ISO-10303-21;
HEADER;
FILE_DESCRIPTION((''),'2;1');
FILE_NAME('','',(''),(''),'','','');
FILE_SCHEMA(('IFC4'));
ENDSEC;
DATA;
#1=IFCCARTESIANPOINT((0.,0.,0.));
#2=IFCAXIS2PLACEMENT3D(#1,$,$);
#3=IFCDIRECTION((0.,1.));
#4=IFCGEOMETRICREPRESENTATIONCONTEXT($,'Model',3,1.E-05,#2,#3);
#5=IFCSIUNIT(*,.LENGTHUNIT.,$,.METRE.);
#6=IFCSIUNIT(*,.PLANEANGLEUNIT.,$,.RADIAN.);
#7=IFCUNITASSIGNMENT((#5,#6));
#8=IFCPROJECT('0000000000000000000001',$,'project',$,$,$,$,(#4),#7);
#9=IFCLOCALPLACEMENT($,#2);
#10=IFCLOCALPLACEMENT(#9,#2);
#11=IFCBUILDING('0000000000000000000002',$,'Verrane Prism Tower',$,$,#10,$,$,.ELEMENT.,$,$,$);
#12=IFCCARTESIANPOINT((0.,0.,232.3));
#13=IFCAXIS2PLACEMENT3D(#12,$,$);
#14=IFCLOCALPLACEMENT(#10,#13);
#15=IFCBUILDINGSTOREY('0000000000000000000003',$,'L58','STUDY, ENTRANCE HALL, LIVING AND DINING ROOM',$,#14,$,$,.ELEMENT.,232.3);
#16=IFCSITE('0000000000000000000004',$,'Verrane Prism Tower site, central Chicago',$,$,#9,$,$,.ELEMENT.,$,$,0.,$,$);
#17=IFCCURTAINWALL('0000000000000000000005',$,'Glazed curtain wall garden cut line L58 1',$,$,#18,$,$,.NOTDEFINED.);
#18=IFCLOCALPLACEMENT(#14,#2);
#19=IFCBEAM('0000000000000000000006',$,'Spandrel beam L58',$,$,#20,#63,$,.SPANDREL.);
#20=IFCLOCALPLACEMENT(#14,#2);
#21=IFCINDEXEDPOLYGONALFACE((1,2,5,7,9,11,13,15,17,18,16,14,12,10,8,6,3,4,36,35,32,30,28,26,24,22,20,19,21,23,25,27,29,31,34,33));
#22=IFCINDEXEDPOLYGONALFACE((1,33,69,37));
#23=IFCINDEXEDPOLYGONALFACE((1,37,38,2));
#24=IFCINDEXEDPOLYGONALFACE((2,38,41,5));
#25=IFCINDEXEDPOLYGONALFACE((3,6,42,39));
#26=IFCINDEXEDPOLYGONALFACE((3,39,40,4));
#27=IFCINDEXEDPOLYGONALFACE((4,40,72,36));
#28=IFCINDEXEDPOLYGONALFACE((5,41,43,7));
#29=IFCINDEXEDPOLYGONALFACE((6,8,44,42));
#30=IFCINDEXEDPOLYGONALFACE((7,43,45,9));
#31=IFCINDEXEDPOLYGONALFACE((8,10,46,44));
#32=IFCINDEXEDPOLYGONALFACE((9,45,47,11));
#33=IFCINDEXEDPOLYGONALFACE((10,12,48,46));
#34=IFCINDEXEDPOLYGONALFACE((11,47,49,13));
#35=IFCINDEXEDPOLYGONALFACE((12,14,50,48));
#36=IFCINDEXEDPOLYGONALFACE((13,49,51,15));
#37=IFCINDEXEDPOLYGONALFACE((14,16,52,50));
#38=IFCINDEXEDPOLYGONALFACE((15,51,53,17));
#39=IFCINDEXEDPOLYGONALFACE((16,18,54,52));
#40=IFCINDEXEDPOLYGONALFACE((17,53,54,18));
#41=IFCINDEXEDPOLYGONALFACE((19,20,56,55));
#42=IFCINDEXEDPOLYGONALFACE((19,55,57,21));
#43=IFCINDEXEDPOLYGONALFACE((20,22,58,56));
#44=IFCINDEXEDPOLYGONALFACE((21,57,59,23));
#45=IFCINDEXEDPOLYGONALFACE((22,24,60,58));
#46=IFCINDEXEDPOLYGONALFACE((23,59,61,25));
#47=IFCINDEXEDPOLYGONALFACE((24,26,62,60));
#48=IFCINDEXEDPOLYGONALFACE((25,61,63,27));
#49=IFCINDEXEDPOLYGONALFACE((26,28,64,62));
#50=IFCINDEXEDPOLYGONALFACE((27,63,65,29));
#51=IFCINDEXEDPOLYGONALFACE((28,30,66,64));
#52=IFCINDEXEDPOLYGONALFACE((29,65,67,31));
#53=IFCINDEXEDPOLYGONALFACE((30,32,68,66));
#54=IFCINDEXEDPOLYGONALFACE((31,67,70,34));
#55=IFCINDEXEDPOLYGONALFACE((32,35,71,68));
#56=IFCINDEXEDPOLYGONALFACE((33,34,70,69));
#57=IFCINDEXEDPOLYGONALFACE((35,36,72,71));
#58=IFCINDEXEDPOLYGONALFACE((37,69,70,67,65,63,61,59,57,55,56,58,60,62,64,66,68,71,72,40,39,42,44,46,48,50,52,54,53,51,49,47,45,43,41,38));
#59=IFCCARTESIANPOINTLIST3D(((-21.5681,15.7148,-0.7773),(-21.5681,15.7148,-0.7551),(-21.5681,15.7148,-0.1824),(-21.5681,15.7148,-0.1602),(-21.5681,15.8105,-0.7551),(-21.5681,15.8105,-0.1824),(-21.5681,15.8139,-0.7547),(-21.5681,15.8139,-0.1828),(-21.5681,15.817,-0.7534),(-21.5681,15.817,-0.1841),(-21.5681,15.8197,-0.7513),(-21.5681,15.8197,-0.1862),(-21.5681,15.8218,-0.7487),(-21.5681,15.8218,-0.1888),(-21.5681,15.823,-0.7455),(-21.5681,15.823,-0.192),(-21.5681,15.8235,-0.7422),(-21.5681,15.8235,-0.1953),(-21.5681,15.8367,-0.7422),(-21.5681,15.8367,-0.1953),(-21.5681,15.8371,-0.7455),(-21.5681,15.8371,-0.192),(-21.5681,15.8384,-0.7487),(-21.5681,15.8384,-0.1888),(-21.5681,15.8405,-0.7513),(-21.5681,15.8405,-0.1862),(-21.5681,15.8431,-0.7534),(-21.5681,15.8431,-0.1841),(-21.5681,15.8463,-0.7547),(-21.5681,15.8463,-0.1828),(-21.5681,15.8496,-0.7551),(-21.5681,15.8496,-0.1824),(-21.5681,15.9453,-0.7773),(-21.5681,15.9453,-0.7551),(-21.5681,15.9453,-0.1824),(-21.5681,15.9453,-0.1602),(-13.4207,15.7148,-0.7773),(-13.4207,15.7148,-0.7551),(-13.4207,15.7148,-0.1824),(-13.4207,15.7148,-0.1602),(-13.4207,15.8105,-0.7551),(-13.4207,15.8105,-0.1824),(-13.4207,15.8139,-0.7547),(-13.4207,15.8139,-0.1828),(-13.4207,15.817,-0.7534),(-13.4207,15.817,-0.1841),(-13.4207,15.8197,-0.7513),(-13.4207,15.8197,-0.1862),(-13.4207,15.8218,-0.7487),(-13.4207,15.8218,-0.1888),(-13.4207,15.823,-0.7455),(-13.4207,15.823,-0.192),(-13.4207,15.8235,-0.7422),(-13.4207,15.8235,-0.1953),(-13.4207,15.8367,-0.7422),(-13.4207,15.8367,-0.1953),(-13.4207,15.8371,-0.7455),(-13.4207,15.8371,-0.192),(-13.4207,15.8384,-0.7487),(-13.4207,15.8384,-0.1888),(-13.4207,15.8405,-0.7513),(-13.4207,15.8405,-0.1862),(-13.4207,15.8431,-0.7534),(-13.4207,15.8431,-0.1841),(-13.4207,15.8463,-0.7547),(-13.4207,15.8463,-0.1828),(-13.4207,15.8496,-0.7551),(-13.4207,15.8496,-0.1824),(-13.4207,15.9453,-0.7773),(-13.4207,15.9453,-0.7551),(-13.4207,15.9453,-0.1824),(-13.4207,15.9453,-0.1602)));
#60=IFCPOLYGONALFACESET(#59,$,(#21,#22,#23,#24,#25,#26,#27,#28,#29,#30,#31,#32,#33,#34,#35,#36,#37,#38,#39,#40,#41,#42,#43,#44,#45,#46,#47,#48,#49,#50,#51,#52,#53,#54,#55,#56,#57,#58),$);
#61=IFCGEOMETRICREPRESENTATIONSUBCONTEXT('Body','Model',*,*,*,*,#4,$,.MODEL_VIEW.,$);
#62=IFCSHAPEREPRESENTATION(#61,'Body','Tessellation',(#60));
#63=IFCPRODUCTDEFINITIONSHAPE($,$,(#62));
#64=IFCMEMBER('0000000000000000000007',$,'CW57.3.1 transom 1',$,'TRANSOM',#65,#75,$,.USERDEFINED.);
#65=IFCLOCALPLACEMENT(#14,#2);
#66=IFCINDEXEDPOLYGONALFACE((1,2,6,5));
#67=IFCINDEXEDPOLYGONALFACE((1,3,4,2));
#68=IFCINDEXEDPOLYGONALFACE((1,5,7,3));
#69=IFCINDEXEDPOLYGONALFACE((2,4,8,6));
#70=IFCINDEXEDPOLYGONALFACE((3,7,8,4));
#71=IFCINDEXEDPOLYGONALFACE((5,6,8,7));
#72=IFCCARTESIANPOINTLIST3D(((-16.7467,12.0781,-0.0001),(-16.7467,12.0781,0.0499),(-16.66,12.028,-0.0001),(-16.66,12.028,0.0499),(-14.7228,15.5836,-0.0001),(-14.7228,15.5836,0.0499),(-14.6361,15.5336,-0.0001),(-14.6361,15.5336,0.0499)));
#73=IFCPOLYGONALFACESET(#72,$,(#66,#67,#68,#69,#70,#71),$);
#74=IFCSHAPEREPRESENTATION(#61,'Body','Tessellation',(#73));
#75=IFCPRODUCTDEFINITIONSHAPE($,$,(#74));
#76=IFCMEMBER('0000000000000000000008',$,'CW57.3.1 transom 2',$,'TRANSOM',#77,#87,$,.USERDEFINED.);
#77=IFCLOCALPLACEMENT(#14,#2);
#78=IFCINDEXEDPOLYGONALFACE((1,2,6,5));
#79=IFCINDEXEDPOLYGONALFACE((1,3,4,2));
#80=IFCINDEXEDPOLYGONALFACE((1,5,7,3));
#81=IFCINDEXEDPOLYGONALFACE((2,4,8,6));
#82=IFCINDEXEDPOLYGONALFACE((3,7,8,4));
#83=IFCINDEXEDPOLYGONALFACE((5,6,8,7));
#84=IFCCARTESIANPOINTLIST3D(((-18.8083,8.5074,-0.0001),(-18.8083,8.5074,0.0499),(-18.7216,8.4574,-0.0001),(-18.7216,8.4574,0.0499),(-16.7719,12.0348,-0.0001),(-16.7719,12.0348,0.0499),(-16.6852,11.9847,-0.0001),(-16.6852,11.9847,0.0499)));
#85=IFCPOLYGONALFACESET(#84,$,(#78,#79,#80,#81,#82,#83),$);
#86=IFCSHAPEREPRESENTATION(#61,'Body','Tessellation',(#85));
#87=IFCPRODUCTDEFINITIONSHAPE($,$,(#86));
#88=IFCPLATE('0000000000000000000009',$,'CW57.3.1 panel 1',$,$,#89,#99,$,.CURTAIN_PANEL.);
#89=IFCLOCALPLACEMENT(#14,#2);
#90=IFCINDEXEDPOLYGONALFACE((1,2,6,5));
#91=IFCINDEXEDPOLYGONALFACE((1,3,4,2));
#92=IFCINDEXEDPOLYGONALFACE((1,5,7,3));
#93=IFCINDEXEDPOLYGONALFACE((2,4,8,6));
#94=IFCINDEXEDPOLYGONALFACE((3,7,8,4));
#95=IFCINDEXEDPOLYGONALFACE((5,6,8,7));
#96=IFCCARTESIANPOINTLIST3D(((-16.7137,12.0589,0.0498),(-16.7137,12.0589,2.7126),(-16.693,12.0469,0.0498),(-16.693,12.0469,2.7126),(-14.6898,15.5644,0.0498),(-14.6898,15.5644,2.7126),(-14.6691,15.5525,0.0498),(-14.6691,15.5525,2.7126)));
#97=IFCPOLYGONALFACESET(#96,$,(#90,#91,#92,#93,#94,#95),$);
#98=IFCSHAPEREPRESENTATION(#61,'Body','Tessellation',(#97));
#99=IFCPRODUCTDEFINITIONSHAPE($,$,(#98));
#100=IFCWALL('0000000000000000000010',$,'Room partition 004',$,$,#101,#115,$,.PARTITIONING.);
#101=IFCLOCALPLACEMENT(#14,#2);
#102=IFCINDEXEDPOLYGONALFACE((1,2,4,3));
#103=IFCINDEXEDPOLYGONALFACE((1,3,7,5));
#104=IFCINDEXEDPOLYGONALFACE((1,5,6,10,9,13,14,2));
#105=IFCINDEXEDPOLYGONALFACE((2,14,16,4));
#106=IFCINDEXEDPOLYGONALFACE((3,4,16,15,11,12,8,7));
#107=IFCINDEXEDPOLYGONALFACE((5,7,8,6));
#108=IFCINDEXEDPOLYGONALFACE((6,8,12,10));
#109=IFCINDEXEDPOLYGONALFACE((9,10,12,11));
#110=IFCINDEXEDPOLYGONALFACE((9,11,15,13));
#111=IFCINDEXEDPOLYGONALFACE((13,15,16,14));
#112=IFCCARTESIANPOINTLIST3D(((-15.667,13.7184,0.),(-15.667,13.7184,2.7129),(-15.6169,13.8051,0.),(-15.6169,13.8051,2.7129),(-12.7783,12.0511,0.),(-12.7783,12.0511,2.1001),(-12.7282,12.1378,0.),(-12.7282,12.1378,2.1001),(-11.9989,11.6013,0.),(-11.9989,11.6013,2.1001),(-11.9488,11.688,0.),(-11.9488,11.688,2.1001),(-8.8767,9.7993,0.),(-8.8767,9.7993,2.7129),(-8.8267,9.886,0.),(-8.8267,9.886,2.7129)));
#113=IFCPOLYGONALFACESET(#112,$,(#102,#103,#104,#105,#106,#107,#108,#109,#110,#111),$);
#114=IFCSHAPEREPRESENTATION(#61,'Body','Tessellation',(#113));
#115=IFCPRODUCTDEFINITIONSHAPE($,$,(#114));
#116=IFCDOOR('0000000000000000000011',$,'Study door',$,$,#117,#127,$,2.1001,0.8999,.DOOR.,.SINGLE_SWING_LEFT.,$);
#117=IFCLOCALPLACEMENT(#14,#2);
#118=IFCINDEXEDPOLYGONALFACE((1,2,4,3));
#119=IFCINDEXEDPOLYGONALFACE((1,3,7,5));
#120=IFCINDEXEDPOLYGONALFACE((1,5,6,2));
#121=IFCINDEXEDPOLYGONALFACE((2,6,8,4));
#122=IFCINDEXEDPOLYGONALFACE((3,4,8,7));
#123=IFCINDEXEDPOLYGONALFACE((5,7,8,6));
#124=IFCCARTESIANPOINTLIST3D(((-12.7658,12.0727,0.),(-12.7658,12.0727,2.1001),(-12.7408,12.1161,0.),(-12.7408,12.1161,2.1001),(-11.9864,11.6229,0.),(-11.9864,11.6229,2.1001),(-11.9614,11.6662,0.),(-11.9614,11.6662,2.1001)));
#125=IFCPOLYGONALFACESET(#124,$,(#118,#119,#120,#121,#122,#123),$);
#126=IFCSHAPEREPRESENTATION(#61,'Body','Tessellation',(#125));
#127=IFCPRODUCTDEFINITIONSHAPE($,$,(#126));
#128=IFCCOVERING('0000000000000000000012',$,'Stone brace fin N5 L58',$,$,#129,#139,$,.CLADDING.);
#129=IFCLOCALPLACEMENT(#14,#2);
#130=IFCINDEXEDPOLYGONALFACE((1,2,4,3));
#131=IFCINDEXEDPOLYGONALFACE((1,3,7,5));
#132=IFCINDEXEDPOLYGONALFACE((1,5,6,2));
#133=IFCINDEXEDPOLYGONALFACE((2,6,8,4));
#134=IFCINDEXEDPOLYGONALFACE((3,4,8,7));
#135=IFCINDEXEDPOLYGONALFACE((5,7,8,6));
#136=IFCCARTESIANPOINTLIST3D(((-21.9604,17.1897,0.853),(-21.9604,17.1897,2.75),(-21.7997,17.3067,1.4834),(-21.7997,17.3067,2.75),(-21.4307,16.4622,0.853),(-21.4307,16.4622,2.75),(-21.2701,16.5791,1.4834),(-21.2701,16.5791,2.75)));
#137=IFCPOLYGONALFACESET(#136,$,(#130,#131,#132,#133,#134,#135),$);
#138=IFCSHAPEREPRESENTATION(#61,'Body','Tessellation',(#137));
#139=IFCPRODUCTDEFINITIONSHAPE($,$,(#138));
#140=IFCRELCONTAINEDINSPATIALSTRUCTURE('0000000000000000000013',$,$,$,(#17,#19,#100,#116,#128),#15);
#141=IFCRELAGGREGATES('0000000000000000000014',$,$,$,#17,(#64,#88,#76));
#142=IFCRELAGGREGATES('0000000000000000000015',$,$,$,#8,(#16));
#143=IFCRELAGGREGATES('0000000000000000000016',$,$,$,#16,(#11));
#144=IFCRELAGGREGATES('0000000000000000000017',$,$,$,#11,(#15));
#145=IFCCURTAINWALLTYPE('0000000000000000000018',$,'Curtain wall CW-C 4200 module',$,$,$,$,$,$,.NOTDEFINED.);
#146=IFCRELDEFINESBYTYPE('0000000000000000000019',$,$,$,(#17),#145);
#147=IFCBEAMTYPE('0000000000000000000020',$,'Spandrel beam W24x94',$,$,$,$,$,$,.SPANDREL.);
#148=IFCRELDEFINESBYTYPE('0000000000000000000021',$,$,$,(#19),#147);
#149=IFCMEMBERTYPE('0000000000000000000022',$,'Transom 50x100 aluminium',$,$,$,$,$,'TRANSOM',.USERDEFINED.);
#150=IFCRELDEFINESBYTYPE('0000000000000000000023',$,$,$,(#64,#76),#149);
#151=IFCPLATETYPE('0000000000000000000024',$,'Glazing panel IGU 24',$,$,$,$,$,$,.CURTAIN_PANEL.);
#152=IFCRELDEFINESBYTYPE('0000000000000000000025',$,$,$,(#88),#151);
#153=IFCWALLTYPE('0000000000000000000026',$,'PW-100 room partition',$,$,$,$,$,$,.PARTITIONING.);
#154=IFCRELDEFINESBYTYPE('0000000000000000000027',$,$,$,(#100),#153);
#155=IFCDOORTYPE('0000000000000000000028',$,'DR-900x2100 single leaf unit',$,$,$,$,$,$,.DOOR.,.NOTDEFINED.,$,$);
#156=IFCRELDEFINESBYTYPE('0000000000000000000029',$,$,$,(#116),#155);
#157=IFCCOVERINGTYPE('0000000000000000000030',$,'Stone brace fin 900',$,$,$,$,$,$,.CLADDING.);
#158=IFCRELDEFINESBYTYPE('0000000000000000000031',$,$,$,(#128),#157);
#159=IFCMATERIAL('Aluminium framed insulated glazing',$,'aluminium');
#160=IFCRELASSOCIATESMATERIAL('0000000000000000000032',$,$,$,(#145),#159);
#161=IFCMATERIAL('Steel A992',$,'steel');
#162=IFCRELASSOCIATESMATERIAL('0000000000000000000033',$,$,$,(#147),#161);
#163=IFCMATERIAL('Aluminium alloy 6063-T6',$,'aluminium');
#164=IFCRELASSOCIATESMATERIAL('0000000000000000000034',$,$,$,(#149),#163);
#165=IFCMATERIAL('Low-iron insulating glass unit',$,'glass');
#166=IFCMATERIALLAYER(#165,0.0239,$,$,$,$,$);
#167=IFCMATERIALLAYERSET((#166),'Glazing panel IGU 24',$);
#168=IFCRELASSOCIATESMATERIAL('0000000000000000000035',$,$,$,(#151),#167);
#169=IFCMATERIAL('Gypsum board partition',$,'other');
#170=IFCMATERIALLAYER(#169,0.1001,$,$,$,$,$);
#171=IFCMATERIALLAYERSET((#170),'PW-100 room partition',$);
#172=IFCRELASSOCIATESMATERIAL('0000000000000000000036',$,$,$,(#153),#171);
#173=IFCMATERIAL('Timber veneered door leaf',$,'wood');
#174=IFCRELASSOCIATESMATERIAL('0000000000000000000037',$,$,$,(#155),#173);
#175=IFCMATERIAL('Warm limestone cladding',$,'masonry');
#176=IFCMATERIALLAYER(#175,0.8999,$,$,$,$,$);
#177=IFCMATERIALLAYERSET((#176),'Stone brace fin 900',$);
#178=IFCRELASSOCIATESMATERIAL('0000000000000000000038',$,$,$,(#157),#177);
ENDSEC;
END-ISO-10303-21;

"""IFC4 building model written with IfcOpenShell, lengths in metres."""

from ifc_helpers import new_model, si_unit, direction, frame, frame_2d, origin, origin_2d, place, context, subcontext, project, spatial, polyline, rectangle, i_section, outline, extrude, material, layer, layer_set, material_profile, profile_set, type_object, element, fill, aggregate, save


model = new_model("IFC4")

# Units and contexts
model_context = context("Model", 3, precision=1e-05, world=origin(), true_north=direction((0.0, 1.0)))
body_context = subcontext(model_context, "Body", "Model", "MODEL_VIEW")
ifc_project = project(units=[si_unit("LENGTHUNIT", "METRE"), si_unit("PLANEANGLEUNIT", "RADIAN")], contexts=[model_context])

# Site, building, storey
site_placement = place(None, origin())
site = spatial("IfcSite", under=ifc_project, at=site_placement, Name="Verrane Prism Tower site, central Chicago", CompositionType="ELEMENT", RefElevation=0.0)
building_placement = place(site_placement, origin())
building = spatial("IfcBuilding", under=site, at=building_placement, Name="Verrane Prism Tower", CompositionType="ELEMENT")
storey_placement = place(building_placement, frame((0.0, 0.0, 232.3)))
storey = spatial("IfcBuildingStorey", under=building, at=storey_placement, Name="L58", Description="STUDY, ENTRANCE HALL, LIVING AND DINING ROOM", CompositionType="ELEMENT", Elevation=232.3)

# Curtain wall
ifc_material_1 = material(Name="Aluminium framed insulated glazing", Category="aluminium")
curtain_wall_type = type_object("IfcCurtainWallType", Name="Curtain wall CW-C 4200 module", PredefinedType="NOTDEFINED", material=ifc_material_1)
curtain_wall_placement = place(storey_placement, origin())
curtain_wall = element("IfcCurtainWall", 1, at=curtain_wall_placement, inside=storey, type_object=curtain_wall_type, Name="Glazed curtain wall garden cut line L58 1", PredefinedType="NOTDEFINED")

# Beam
ifc_material_2 = material(Name="Steel A992", Category="steel")
ifc_material_profile_1 = material_profile(ifc_material_2, i_section(OverallWidth=0.2305, OverallDepth=0.6172, WebThickness=0.0132, FlangeThickness=0.0222, FilletRadius=0.0129, at=origin_2d()), Name="W24x94")
ifc_profile_set_1 = profile_set([ifc_material_profile_1], Name="Steel A992")
beam_type_1 = type_object("IfcBeamType", Name="Spandrel beam W24x94", PredefinedType="SPANDREL", material=ifc_profile_set_1)
beam_1_placement = place(storey_placement, frame((-13.4207, 15.8301, -0.4688), z_axis=(-1.0, 0.0, 0.0), x_axis=(0.0, -1.0, 0.0)))
element("IfcBeam", 2, at=beam_1_placement, inside=storey, type_object=beam_type_1, Name="Spandrel beam L58", PredefinedType="SPANDREL", context=body_context, shape_type="SweptSolid", body=[
    extrude(i_section(OverallWidth=0.2305, OverallDepth=0.6172, WebThickness=0.0132, FlangeThickness=0.0222, FilletRadius=0.0129, at=origin_2d()), origin(), (0.0, 0.0, 1.0), 8.1475),
])

# Members
ifc_material_3 = material(Name="Aluminium alloy 6063-T6", Category="aluminium")
ifc_material_profile_2 = material_profile(ifc_material_3, rectangle(XDim=0.1001, YDim=0.05, at=origin_2d()), Name="Transom 50x100 aluminium")
ifc_profile_set_2 = profile_set([ifc_material_profile_2], Name="Aluminium alloy 6063-T6")
member_type_1 = type_object("IfcMemberType", Name="Transom 50x100 aluminium", ElementType="TRANSOM", PredefinedType="USERDEFINED", material=ifc_profile_set_2)
member_1_placement = place(storey_placement, frame((-14.6794, 15.5586, 0.0249), z_axis=(-0.499992, -0.86603, 0.0), x_axis=(0.86603, -0.499992, 0.0)))
member_1 = element("IfcMember", 3, at=member_1_placement, type_object=member_type_1, Name="CW57.3.1 transom 1", ObjectType="TRANSOM", PredefinedType="USERDEFINED", context=body_context, shape_type="SweptSolid", body=[
    extrude(rectangle(XDim=0.1001, YDim=0.05, at=origin_2d()), origin(), (0.0, 0.0, 1.0), 4.0479),
])
member_2_placement = place(storey_placement, frame((-16.7285, 12.0098, 0.0249), z_axis=(-0.499975, -0.86604, 0.0), x_axis=(0.86604, -0.499975, 0.0)))
member_2 = element("IfcMember", 4, at=member_2_placement, type_object=member_type_1, Name="CW57.3.1 transom 2", ObjectType="TRANSOM", PredefinedType="USERDEFINED", context=body_context, shape_type="SweptSolid", body=[
    extrude(rectangle(XDim=0.1001, YDim=0.05, at=origin_2d()), origin(), (0.0, 0.0, 1.0), 4.073),
])

# Plate
ifc_material_4 = material(Name="Low-iron insulating glass unit", Category="glass")
ifc_layer_1 = layer(ifc_material_4, 0.0239)
ifc_layer_set_1 = layer_set([ifc_layer_1], Name="Glazing panel IGU 24")
plate_type = type_object("IfcPlateType", Name="Glazing panel IGU 24", PredefinedType="CURTAIN_PANEL", material=ifc_layer_set_1)
plate_placement = place(storey_placement, frame((-15.6914, 13.8057, 0.0498), z_axis=(0.0, 0.0, 1.0), x_axis=(-0.500001, -0.866025, 0.0)))
plate = element("IfcPlate", 5, at=plate_placement, type_object=plate_type, Name="CW57.3.1 panel 1", PredefinedType="CURTAIN_PANEL", context=body_context, shape_type="SweptSolid", body=[
    extrude(rectangle(XDim=4.0479, YDim=0.0239, at=origin_2d()), origin(), (0.0, 0.0, 1.0), 2.6628),
])
aggregate(curtain_wall, [member_1, plate, member_2])

# Wall, opening, door
ifc_material_5 = material(Name="Gypsum board partition", Category="other")
ifc_layer_2 = layer(ifc_material_5, 0.1001)
ifc_layer_set_2 = layer_set([ifc_layer_2], Name="PW-100 room partition")
wall_type = type_object("IfcWallType", Name="PW-100 room partition", PredefinedType="PARTITIONING", material=ifc_layer_set_2)
wall_placement = place(storey_placement, frame((-15.6418, 13.7617, 0.0), z_axis=(0.0, 0.0, 1.0), x_axis=(0.866091, -0.499887, 0.0)))
wall = element("IfcWall", 6, at=wall_placement, inside=storey, type_object=wall_type, Name="Room partition 004", PredefinedType="PARTITIONING", context=body_context, shape_type="SweptSolid", body=[
    extrude(rectangle(XDim=7.8401, YDim=0.1001, at=frame_2d((3.9199, 0.0))), origin(), (0.0, 0.0, 1.0), 2.7129),
])
opening_placement = place(wall_placement, frame((3.3352, 0.0, 0.0)))
opening = element("IfcOpeningElement", 7, at=opening_placement, cuts=wall, PredefinedType="OPENING", context=body_context, shape_type="SweptSolid", body=[
    extrude(rectangle(XDim=0.8999, YDim=2.1001, at=frame_2d((0.45, 1.05))), frame((0.0, 0.0601, 0.0), z_axis=(0.0, -1.0, 0.0), x_axis=(1.0, 0.0, 0.0)), (0.0, 0.0, 1.0), 0.1201),
])
ifc_material_6 = material(Name="Timber veneered door leaf", Category="wood")
door_type = type_object("IfcDoorType", Name="DR-900x2100 single leaf unit", OperationType="NOTDEFINED", PredefinedType="DOOR", material=ifc_material_6)
door_placement = place(opening_placement, origin())
door = element("IfcDoor", 8, at=door_placement, inside=storey, type_object=door_type, Name="Study door", OperationType="SINGLE_SWING_LEFT", OverallHeight=2.1001, OverallWidth=0.8999, PredefinedType="DOOR", context=body_context, shape_type="SweptSolid", body=[
    extrude(rectangle(XDim=0.8999, YDim=2.1001, at=frame_2d((0.45, 1.05))), frame((0.0, 0.0249, 0.0), z_axis=(0.0, -1.0, 0.0), x_axis=(1.0, 0.0, 0.0)), (0.0, 0.0, 1.0), 0.05),
])
fill(opening, door)

# Covering
ifc_material_7 = material(Name="Warm limestone cladding", Category="masonry")
ifc_layer_3 = layer(ifc_material_7, 0.8999)
ifc_layer_set_3 = layer_set([ifc_layer_3], Name="Stone brace fin 900")
covering_type = type_object("IfcCoveringType", Name="Stone brace fin 900", PredefinedType="CLADDING", material=ifc_layer_set_3)
covering_placement = place(storey_placement, frame((-21.6956, 16.8259, 0.853), z_axis=(0.0, 0.0, 1.0), x_axis=(0.80847, 0.588537, 0.0)))
element("IfcCovering", 9, at=covering_placement, inside=storey, type_object=covering_type, Name="Stone brace fin N5 L58", PredefinedType="CLADDING", context=body_context, shape_type="SweptSolid", body=[
    extrude(outline(polyline([(0.1987, 1.897), (0.0, 1.897), (0.0, 0.0), (0.1987, 0.6304), (0.1987, 1.897)])), frame((0.0, 0.45, 0.0), z_axis=(0.0, -1.0, 0.0), x_axis=(1.0, 0.0, 0.0)), (0.0, 0.0, 1.0), 0.8999),
])

save(model, "model.ifc")
